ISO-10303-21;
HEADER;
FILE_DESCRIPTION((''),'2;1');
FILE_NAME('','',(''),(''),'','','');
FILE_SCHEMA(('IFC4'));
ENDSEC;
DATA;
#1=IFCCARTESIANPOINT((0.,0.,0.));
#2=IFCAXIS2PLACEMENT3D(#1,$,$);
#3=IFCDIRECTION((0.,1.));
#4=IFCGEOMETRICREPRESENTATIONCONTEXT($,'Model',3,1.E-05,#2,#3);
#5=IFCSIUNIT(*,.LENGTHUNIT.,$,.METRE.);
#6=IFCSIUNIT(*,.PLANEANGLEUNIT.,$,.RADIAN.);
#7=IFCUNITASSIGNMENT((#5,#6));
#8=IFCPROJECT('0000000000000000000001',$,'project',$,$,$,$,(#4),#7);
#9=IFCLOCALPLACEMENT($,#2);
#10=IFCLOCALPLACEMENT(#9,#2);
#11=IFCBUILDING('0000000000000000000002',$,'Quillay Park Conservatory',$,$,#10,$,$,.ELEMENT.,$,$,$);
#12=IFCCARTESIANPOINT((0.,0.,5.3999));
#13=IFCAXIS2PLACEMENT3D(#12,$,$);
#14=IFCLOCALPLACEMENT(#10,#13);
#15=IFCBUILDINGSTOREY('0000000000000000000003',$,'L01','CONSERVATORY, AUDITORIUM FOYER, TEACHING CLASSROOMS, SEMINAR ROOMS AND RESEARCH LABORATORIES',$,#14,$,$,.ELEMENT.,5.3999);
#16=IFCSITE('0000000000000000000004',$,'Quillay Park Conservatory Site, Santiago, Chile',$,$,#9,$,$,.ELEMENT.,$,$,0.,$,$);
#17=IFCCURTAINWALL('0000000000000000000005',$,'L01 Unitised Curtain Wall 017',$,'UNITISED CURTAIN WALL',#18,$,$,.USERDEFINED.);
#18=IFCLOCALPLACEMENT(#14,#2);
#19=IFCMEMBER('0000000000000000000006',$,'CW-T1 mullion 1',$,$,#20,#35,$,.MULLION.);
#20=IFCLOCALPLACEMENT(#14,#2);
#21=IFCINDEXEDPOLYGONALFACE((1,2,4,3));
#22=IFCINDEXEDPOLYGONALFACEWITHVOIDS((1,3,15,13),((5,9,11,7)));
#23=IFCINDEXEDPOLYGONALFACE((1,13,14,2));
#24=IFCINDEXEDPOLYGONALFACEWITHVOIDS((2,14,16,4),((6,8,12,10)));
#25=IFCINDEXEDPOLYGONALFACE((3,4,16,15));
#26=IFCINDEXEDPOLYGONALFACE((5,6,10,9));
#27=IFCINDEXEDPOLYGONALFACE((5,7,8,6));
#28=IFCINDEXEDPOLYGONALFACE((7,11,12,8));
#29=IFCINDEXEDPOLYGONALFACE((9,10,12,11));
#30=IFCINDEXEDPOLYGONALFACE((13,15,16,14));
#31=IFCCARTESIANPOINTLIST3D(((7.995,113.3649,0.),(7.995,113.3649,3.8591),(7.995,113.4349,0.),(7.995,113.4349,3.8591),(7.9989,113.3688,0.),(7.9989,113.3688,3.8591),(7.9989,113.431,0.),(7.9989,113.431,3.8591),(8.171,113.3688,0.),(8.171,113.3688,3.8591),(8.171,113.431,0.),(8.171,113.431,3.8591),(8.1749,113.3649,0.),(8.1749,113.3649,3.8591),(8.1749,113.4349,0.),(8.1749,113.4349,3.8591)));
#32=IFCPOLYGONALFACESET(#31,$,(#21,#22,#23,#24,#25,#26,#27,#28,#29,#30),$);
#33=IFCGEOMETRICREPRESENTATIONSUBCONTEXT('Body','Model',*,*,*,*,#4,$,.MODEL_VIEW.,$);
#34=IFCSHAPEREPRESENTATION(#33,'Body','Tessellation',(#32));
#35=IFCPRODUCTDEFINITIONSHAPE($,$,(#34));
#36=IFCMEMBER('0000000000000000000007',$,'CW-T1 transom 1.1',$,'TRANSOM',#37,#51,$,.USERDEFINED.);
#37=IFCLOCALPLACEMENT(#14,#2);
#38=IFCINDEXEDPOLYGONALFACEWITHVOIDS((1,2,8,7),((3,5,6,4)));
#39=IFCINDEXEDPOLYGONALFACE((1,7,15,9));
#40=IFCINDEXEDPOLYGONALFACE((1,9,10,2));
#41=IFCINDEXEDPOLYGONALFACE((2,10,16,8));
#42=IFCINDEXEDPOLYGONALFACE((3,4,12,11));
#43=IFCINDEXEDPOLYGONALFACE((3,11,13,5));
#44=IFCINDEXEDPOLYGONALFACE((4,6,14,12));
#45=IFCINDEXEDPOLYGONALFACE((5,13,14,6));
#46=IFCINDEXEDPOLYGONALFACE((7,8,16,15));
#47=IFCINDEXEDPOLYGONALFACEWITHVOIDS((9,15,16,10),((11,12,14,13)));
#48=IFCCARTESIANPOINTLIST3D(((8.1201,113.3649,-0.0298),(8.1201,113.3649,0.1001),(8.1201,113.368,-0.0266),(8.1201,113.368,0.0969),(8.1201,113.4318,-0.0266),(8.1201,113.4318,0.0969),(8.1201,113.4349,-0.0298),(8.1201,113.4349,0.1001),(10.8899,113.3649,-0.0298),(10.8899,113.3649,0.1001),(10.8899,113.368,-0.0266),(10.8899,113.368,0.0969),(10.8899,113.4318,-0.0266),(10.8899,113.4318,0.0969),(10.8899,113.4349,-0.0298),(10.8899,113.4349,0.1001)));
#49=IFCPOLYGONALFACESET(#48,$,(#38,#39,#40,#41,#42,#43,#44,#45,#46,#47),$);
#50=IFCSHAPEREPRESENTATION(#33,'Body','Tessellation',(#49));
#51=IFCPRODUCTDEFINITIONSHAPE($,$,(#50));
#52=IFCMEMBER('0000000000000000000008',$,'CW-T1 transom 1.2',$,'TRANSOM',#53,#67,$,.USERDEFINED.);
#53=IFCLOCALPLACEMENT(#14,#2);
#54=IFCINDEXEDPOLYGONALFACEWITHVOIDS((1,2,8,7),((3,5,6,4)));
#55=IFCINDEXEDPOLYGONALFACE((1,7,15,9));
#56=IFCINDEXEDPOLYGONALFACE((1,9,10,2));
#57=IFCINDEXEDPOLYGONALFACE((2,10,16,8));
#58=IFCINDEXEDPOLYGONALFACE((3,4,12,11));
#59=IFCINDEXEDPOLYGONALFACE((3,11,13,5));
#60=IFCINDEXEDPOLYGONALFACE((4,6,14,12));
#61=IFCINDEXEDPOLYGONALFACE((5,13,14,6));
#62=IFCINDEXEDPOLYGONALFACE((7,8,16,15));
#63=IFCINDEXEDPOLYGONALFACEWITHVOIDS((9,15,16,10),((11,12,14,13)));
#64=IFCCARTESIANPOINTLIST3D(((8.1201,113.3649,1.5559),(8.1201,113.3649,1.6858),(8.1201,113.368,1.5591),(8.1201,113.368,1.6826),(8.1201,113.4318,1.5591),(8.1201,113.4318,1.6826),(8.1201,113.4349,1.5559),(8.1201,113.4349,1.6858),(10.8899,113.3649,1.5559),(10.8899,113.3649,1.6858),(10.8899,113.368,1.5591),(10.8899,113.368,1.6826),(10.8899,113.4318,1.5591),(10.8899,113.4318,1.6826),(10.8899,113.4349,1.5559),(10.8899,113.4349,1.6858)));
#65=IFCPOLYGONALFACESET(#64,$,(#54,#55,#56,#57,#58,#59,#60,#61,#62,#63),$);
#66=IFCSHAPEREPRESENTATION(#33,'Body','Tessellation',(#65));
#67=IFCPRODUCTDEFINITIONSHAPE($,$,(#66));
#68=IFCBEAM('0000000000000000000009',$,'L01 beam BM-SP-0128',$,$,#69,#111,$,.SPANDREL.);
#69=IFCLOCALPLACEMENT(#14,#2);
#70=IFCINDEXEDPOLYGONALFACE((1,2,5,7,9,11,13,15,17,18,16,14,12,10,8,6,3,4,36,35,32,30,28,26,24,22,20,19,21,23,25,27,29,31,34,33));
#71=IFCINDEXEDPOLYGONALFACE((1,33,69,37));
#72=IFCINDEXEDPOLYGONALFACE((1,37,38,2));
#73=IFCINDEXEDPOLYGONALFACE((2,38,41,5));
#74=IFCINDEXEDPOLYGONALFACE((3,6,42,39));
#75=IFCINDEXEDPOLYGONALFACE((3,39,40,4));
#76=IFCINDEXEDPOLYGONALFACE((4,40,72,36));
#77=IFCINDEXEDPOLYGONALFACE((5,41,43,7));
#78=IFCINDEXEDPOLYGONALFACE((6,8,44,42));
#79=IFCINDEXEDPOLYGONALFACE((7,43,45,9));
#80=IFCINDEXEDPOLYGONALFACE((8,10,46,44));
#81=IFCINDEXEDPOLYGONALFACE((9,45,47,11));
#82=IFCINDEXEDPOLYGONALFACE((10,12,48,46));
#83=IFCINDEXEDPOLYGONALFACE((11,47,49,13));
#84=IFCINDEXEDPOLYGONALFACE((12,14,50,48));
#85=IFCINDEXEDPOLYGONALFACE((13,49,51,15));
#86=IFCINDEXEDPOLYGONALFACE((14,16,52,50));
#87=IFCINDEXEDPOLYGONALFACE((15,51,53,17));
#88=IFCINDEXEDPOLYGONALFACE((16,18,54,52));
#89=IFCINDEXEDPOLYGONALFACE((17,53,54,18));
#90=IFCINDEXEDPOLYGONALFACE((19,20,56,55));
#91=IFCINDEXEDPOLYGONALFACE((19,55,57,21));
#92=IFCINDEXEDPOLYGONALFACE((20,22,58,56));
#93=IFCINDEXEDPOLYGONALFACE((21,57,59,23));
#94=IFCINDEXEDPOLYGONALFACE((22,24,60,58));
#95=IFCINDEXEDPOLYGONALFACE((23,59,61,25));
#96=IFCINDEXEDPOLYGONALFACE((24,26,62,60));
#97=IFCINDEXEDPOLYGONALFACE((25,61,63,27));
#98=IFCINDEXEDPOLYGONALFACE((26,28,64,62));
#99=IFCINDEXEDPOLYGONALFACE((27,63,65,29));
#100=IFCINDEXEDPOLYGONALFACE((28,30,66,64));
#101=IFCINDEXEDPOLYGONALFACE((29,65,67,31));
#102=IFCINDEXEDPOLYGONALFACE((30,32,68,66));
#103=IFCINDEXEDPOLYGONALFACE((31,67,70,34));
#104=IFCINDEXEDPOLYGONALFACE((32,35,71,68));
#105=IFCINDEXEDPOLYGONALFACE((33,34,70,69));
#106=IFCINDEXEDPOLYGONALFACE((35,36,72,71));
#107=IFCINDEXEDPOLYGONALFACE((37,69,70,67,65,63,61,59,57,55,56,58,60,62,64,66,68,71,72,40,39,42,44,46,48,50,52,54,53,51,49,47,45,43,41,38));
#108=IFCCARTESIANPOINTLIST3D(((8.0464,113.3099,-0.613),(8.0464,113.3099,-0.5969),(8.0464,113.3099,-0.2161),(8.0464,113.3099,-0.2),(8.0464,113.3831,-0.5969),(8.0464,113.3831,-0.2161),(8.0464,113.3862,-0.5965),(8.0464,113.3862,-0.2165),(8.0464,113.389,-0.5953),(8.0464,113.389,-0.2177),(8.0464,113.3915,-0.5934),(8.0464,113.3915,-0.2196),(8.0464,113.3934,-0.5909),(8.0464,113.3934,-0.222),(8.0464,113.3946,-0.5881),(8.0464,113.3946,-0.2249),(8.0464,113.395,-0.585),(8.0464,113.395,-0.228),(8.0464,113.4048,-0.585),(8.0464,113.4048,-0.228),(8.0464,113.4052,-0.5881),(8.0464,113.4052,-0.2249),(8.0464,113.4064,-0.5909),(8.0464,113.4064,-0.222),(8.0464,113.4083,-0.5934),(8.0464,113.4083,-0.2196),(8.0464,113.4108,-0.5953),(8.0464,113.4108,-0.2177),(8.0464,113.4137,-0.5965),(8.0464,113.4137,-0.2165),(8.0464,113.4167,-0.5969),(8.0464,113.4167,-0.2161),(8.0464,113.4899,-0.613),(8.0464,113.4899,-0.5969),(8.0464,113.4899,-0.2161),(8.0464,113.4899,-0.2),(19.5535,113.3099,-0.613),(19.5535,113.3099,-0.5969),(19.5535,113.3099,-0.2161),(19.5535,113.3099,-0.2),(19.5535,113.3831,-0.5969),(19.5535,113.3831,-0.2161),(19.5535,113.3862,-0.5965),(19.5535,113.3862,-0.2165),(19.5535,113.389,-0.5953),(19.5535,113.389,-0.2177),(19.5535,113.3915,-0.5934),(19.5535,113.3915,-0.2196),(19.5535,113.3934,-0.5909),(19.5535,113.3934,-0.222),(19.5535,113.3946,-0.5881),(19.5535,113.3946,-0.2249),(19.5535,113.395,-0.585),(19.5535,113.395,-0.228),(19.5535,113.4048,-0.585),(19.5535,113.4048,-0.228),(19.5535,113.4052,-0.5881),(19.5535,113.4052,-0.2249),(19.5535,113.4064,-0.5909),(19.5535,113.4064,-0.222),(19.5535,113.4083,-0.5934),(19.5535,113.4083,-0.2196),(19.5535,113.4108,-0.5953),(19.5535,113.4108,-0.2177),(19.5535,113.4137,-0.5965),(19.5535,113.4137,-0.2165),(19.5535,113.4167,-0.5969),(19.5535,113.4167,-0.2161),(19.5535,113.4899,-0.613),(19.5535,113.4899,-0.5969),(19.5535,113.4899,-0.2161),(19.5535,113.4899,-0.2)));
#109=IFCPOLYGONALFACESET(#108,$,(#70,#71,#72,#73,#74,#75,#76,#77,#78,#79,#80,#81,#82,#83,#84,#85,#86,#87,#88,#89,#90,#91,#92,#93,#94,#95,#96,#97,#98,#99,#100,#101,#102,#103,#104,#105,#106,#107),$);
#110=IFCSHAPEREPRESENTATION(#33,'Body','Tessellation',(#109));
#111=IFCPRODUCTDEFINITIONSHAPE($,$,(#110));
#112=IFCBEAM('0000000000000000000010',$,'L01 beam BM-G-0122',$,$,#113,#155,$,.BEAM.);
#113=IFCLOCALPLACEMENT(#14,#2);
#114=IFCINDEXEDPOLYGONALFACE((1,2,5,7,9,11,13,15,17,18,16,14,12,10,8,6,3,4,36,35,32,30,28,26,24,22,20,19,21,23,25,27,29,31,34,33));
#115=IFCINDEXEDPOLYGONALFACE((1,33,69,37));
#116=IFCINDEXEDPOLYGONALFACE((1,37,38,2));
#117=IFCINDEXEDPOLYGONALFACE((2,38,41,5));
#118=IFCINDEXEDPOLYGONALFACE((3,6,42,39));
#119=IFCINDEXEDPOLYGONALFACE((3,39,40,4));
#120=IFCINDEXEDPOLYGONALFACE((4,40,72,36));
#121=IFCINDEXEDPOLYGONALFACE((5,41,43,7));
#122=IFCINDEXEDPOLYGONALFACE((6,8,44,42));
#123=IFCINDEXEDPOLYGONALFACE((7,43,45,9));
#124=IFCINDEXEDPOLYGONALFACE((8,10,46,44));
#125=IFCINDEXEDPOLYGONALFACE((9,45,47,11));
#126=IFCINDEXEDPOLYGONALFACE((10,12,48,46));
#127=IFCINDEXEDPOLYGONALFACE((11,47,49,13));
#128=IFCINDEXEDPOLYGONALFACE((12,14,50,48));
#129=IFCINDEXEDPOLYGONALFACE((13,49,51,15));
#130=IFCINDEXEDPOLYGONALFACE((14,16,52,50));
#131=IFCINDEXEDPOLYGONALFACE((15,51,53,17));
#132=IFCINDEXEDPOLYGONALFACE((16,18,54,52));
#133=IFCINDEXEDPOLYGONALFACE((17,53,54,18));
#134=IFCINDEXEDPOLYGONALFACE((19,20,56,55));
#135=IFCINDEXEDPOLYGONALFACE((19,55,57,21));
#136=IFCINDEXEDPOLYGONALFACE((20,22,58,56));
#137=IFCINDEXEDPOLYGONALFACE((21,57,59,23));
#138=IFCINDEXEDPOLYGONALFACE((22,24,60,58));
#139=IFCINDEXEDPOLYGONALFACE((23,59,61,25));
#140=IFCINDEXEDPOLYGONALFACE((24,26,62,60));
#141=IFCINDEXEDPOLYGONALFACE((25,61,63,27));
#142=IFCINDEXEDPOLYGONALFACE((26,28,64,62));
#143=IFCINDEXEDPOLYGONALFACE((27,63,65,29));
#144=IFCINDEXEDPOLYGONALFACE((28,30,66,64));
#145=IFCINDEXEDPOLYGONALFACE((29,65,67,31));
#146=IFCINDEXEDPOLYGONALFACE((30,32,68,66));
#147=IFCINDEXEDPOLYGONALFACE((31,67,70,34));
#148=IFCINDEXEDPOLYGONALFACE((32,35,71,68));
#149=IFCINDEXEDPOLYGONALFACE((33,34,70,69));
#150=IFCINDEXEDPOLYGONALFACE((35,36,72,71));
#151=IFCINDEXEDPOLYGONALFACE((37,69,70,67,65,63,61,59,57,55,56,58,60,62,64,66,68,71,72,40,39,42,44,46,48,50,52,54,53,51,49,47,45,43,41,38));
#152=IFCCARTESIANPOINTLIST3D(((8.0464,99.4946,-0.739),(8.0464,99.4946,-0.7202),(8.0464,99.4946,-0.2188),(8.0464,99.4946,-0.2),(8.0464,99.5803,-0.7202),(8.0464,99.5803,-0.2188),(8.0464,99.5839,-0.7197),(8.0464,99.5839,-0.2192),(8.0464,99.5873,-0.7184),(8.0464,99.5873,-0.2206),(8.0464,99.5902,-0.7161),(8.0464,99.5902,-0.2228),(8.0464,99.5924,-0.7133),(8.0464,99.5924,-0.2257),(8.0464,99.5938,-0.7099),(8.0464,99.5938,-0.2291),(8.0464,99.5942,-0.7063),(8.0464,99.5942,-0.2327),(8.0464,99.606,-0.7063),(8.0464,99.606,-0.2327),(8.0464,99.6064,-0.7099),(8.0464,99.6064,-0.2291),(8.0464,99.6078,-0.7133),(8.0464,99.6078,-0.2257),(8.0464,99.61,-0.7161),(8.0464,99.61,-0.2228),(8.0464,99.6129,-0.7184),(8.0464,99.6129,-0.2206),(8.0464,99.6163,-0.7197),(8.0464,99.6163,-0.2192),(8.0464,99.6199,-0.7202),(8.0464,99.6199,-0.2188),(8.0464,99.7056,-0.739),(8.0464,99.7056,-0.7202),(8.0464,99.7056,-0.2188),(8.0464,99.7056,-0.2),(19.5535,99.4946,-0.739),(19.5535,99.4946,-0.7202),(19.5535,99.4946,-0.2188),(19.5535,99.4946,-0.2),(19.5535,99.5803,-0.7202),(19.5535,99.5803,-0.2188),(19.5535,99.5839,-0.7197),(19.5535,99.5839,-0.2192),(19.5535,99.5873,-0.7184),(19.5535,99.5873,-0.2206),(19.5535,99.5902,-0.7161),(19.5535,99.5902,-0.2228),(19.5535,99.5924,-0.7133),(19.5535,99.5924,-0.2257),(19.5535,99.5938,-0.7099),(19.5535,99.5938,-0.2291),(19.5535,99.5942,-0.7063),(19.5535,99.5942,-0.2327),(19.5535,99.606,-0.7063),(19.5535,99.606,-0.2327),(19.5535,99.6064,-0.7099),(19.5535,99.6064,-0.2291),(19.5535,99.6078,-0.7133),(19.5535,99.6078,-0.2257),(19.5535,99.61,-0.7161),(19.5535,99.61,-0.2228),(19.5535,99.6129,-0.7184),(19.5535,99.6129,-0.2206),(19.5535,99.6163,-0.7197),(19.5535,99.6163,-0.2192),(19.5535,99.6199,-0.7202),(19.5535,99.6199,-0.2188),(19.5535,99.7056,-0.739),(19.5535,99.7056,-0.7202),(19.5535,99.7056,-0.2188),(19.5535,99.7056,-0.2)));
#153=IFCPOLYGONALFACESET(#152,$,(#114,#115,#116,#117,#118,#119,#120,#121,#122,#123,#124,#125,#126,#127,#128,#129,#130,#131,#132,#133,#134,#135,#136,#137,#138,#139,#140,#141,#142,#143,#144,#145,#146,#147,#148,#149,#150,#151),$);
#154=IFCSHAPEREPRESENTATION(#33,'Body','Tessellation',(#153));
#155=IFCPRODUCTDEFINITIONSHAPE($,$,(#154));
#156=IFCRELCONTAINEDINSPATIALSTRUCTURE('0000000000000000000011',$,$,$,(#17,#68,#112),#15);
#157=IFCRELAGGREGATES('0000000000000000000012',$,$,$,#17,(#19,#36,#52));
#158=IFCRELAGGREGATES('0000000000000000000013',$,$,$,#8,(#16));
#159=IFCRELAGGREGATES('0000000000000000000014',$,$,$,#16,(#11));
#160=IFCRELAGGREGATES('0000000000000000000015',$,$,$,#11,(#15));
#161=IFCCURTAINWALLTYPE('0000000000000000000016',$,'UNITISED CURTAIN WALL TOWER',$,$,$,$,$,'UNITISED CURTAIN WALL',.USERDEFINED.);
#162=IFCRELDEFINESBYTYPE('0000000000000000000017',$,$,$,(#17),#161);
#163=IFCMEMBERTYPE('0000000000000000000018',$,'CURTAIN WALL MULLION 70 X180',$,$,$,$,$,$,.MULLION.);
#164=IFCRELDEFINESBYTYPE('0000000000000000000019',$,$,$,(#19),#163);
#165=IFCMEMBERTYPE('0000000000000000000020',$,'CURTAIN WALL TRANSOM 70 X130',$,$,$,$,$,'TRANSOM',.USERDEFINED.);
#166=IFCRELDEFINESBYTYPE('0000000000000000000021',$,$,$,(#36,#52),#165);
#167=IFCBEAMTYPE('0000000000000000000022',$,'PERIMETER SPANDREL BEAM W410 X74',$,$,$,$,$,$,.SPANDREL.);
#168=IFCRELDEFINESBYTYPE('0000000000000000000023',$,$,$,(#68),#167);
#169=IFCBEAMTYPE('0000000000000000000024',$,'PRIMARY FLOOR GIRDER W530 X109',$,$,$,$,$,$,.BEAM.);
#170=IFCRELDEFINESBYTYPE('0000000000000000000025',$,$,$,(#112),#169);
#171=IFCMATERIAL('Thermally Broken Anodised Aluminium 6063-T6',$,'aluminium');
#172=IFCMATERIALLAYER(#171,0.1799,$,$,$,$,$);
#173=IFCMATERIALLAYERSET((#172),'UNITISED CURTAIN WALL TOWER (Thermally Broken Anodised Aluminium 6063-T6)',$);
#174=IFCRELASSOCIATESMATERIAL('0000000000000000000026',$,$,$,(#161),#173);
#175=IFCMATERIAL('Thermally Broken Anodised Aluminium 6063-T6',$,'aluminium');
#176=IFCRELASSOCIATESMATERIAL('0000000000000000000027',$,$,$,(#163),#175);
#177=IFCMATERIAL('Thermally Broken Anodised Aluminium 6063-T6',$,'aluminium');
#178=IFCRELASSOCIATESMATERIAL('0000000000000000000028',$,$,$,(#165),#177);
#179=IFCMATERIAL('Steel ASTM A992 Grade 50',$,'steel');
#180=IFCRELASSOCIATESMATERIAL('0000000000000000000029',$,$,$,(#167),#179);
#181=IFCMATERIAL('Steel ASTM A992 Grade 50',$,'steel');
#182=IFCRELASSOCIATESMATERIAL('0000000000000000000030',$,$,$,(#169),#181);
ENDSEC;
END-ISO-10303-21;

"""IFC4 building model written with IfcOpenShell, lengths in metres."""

from ifc_helpers import new_model, si_unit, direction, frame, origin, origin_2d, place, context, subcontext, project, spatial, hollow_rectangle, i_section, extrude, material, layer, layer_set, material_profile, profile_set, type_object, element, aggregate, save


model = new_model("IFC4")

# Units and contexts
model_context = context("Model", 3, precision=1e-05, world=origin(), true_north=direction((0.0, 1.0)))
body_context = subcontext(model_context, "Body", "Model", "MODEL_VIEW")
ifc_project = project(units=[si_unit("LENGTHUNIT", "METRE"), si_unit("PLANEANGLEUNIT", "RADIAN")], contexts=[model_context])

# Site, building, storey
site_placement = place(None, origin())
site = spatial("IfcSite", under=ifc_project, at=site_placement, Name="Quillay Park Conservatory Site, Santiago, Chile", CompositionType="ELEMENT", RefElevation=0.0)
building_placement = place(site_placement, origin())
building = spatial("IfcBuilding", under=site, at=building_placement, Name="Quillay Park Conservatory", CompositionType="ELEMENT")
storey_placement = place(building_placement, frame((0.0, 0.0, 5.3999)))
storey = spatial("IfcBuildingStorey", under=building, at=storey_placement, Name="L01", Description="CONSERVATORY, AUDITORIUM FOYER, TEACHING CLASSROOMS, SEMINAR ROOMS AND RESEARCH LABORATORIES", CompositionType="ELEMENT", Elevation=5.3999)

# Curtain wall, members
ifc_material_1 = material(Name="Thermally Broken Anodised Aluminium 6063-T6", Category="aluminium")
ifc_layer_1 = layer(ifc_material_1, 0.1799)
ifc_layer_set_1 = layer_set([ifc_layer_1], Name="UNITISED CURTAIN WALL TOWER (Thermally Broken Anodised Aluminium 6063-T6)")
curtain_wall_type = type_object("IfcCurtainWallType", Name="UNITISED CURTAIN WALL TOWER", ElementType="UNITISED CURTAIN WALL", PredefinedType="USERDEFINED", material=ifc_layer_set_1)
curtain_wall_placement = place(storey_placement, origin())
curtain_wall = element("IfcCurtainWall", 1, at=curtain_wall_placement, inside=storey, type_object=curtain_wall_type, Name="L01 Unitised Curtain Wall 017", ObjectType="UNITISED CURTAIN WALL", PredefinedType="USERDEFINED")
ifc_material_2 = material(Name="Thermally Broken Anodised Aluminium 6063-T6", Category="aluminium")
ifc_material_profile_1 = material_profile(ifc_material_2, hollow_rectangle(XDim=0.0701, YDim=0.1799, WallThickness=0.0039, at=origin_2d()), Name="AL70x180x4")
ifc_profile_set_1 = profile_set([ifc_material_profile_1], Name="Thermally Broken Anodised Aluminium 6063-T6")
member_type_1 = type_object("IfcMemberType", Name="CURTAIN WALL MULLION 70 X180", PredefinedType="MULLION", material=ifc_profile_set_1)
member_1_placement = place(storey_placement, frame((8.085, 113.3999, 0.0), z_axis=(0.0, 0.0, 1.0), x_axis=(0.0, 1.0, 0.0)))
member_1 = element("IfcMember", 2, at=member_1_placement, type_object=member_type_1, Name="CW-T1 mullion 1", PredefinedType="MULLION", context=body_context, shape_type="SweptSolid", body=[
    extrude(hollow_rectangle(XDim=0.0701, YDim=0.1799, WallThickness=0.0039, at=origin_2d()), origin(), (0.0, 0.0, 1.0), 3.8591),
])
ifc_material_3 = material(Name="Thermally Broken Anodised Aluminium 6063-T6", Category="aluminium")
ifc_material_profile_2 = material_profile(ifc_material_3, hollow_rectangle(XDim=0.0701, YDim=0.1299, WallThickness=0.0032, at=origin_2d()), Name="AL70x130x3.2")
ifc_profile_set_2 = profile_set([ifc_material_profile_2], Name="Thermally Broken Anodised Aluminium 6063-T6")
member_type_2 = type_object("IfcMemberType", Name="CURTAIN WALL TRANSOM 70 X130", ElementType="TRANSOM", PredefinedType="USERDEFINED", material=ifc_profile_set_2)
member_2_placement = place(storey_placement, frame((8.1201, 113.3999, 0.0352), z_axis=(1.0, 0.0, 0.0), x_axis=(0.0, 1.0, 0.0)))
member_2 = element("IfcMember", 3, at=member_2_placement, type_object=member_type_2, Name="CW-T1 transom 1.1", ObjectType="TRANSOM", PredefinedType="USERDEFINED", context=body_context, shape_type="SweptSolid", body=[
    extrude(hollow_rectangle(XDim=0.0701, YDim=0.1299, WallThickness=0.0032, at=origin_2d()), origin(), (0.0, 0.0, 1.0), 2.7698),
])
member_3_placement = place(storey_placement, frame((8.1201, 113.3999, 1.6208), z_axis=(1.0, 0.0, 0.0), x_axis=(0.0, 1.0, 0.0)))
member_3 = element("IfcMember", 4, at=member_3_placement, type_object=member_type_2, Name="CW-T1 transom 1.2", ObjectType="TRANSOM", PredefinedType="USERDEFINED", context=body_context, shape_type="SweptSolid", body=[
    extrude(hollow_rectangle(XDim=0.0701, YDim=0.1299, WallThickness=0.0032, at=origin_2d()), origin(), (0.0, 0.0, 1.0), 2.7698),
])
aggregate(curtain_wall, [member_1, member_2, member_3])

# Beams
ifc_material_4 = material(Name="Steel ASTM A992 Grade 50", Category="steel")
ifc_material_profile_3 = material_profile(ifc_material_4, i_section(OverallWidth=0.1799, OverallDepth=0.4131, WebThickness=0.0098, FlangeThickness=0.0161, FilletRadius=0.012, at=origin_2d()), Name="W410x74")
ifc_profile_set_3 = profile_set([ifc_material_profile_3], Name="Steel ASTM A992 Grade 50")
beam_type_1 = type_object("IfcBeamType", Name="PERIMETER SPANDREL BEAM W410 X74", PredefinedType="SPANDREL", material=ifc_profile_set_3)
beam_1_placement = place(storey_placement, frame((8.0464, 113.3999, -0.4065), z_axis=(1.0, 0.0, 0.0), x_axis=(0.0, 1.0, 0.0)))
element("IfcBeam", 5, at=beam_1_placement, inside=storey, type_object=beam_type_1, Name="L01 beam BM-SP-0128", PredefinedType="SPANDREL", context=body_context, shape_type="SweptSolid", body=[
    extrude(i_section(OverallWidth=0.1799, OverallDepth=0.4131, WebThickness=0.0098, FlangeThickness=0.0161, FilletRadius=0.012, at=origin_2d()), origin(), (0.0, 0.0, 1.0), 11.5071),
])
ifc_material_5 = material(Name="Steel ASTM A992 Grade 50", Category="steel")
ifc_material_profile_4 = material_profile(ifc_material_5, i_section(OverallWidth=0.2109, OverallDepth=0.5391, WebThickness=0.0117, FlangeThickness=0.0188, FilletRadius=0.0139, at=origin_2d()), Name="W530x109")
ifc_profile_set_4 = profile_set([ifc_material_profile_4], Name="Steel ASTM A992 Grade 50")
beam_type_2 = type_object("IfcBeamType", Name="PRIMARY FLOOR GIRDER W530 X109", PredefinedType="BEAM", material=ifc_profile_set_4)
beam_2_placement = place(storey_placement, frame((8.0464, 99.6001, -0.4695), z_axis=(1.0, 0.0, 0.0), x_axis=(0.0, 1.0, 0.0)))
element("IfcBeam", 6, at=beam_2_placement, inside=storey, type_object=beam_type_2, Name="L01 beam BM-G-0122", PredefinedType="BEAM", context=body_context, shape_type="SweptSolid", body=[
    extrude(i_section(OverallWidth=0.2109, OverallDepth=0.5391, WebThickness=0.0117, FlangeThickness=0.0188, FilletRadius=0.0139, at=origin_2d()), origin(), (0.0, 0.0, 1.0), 11.5071),
])

save(model, "model.ifc")
